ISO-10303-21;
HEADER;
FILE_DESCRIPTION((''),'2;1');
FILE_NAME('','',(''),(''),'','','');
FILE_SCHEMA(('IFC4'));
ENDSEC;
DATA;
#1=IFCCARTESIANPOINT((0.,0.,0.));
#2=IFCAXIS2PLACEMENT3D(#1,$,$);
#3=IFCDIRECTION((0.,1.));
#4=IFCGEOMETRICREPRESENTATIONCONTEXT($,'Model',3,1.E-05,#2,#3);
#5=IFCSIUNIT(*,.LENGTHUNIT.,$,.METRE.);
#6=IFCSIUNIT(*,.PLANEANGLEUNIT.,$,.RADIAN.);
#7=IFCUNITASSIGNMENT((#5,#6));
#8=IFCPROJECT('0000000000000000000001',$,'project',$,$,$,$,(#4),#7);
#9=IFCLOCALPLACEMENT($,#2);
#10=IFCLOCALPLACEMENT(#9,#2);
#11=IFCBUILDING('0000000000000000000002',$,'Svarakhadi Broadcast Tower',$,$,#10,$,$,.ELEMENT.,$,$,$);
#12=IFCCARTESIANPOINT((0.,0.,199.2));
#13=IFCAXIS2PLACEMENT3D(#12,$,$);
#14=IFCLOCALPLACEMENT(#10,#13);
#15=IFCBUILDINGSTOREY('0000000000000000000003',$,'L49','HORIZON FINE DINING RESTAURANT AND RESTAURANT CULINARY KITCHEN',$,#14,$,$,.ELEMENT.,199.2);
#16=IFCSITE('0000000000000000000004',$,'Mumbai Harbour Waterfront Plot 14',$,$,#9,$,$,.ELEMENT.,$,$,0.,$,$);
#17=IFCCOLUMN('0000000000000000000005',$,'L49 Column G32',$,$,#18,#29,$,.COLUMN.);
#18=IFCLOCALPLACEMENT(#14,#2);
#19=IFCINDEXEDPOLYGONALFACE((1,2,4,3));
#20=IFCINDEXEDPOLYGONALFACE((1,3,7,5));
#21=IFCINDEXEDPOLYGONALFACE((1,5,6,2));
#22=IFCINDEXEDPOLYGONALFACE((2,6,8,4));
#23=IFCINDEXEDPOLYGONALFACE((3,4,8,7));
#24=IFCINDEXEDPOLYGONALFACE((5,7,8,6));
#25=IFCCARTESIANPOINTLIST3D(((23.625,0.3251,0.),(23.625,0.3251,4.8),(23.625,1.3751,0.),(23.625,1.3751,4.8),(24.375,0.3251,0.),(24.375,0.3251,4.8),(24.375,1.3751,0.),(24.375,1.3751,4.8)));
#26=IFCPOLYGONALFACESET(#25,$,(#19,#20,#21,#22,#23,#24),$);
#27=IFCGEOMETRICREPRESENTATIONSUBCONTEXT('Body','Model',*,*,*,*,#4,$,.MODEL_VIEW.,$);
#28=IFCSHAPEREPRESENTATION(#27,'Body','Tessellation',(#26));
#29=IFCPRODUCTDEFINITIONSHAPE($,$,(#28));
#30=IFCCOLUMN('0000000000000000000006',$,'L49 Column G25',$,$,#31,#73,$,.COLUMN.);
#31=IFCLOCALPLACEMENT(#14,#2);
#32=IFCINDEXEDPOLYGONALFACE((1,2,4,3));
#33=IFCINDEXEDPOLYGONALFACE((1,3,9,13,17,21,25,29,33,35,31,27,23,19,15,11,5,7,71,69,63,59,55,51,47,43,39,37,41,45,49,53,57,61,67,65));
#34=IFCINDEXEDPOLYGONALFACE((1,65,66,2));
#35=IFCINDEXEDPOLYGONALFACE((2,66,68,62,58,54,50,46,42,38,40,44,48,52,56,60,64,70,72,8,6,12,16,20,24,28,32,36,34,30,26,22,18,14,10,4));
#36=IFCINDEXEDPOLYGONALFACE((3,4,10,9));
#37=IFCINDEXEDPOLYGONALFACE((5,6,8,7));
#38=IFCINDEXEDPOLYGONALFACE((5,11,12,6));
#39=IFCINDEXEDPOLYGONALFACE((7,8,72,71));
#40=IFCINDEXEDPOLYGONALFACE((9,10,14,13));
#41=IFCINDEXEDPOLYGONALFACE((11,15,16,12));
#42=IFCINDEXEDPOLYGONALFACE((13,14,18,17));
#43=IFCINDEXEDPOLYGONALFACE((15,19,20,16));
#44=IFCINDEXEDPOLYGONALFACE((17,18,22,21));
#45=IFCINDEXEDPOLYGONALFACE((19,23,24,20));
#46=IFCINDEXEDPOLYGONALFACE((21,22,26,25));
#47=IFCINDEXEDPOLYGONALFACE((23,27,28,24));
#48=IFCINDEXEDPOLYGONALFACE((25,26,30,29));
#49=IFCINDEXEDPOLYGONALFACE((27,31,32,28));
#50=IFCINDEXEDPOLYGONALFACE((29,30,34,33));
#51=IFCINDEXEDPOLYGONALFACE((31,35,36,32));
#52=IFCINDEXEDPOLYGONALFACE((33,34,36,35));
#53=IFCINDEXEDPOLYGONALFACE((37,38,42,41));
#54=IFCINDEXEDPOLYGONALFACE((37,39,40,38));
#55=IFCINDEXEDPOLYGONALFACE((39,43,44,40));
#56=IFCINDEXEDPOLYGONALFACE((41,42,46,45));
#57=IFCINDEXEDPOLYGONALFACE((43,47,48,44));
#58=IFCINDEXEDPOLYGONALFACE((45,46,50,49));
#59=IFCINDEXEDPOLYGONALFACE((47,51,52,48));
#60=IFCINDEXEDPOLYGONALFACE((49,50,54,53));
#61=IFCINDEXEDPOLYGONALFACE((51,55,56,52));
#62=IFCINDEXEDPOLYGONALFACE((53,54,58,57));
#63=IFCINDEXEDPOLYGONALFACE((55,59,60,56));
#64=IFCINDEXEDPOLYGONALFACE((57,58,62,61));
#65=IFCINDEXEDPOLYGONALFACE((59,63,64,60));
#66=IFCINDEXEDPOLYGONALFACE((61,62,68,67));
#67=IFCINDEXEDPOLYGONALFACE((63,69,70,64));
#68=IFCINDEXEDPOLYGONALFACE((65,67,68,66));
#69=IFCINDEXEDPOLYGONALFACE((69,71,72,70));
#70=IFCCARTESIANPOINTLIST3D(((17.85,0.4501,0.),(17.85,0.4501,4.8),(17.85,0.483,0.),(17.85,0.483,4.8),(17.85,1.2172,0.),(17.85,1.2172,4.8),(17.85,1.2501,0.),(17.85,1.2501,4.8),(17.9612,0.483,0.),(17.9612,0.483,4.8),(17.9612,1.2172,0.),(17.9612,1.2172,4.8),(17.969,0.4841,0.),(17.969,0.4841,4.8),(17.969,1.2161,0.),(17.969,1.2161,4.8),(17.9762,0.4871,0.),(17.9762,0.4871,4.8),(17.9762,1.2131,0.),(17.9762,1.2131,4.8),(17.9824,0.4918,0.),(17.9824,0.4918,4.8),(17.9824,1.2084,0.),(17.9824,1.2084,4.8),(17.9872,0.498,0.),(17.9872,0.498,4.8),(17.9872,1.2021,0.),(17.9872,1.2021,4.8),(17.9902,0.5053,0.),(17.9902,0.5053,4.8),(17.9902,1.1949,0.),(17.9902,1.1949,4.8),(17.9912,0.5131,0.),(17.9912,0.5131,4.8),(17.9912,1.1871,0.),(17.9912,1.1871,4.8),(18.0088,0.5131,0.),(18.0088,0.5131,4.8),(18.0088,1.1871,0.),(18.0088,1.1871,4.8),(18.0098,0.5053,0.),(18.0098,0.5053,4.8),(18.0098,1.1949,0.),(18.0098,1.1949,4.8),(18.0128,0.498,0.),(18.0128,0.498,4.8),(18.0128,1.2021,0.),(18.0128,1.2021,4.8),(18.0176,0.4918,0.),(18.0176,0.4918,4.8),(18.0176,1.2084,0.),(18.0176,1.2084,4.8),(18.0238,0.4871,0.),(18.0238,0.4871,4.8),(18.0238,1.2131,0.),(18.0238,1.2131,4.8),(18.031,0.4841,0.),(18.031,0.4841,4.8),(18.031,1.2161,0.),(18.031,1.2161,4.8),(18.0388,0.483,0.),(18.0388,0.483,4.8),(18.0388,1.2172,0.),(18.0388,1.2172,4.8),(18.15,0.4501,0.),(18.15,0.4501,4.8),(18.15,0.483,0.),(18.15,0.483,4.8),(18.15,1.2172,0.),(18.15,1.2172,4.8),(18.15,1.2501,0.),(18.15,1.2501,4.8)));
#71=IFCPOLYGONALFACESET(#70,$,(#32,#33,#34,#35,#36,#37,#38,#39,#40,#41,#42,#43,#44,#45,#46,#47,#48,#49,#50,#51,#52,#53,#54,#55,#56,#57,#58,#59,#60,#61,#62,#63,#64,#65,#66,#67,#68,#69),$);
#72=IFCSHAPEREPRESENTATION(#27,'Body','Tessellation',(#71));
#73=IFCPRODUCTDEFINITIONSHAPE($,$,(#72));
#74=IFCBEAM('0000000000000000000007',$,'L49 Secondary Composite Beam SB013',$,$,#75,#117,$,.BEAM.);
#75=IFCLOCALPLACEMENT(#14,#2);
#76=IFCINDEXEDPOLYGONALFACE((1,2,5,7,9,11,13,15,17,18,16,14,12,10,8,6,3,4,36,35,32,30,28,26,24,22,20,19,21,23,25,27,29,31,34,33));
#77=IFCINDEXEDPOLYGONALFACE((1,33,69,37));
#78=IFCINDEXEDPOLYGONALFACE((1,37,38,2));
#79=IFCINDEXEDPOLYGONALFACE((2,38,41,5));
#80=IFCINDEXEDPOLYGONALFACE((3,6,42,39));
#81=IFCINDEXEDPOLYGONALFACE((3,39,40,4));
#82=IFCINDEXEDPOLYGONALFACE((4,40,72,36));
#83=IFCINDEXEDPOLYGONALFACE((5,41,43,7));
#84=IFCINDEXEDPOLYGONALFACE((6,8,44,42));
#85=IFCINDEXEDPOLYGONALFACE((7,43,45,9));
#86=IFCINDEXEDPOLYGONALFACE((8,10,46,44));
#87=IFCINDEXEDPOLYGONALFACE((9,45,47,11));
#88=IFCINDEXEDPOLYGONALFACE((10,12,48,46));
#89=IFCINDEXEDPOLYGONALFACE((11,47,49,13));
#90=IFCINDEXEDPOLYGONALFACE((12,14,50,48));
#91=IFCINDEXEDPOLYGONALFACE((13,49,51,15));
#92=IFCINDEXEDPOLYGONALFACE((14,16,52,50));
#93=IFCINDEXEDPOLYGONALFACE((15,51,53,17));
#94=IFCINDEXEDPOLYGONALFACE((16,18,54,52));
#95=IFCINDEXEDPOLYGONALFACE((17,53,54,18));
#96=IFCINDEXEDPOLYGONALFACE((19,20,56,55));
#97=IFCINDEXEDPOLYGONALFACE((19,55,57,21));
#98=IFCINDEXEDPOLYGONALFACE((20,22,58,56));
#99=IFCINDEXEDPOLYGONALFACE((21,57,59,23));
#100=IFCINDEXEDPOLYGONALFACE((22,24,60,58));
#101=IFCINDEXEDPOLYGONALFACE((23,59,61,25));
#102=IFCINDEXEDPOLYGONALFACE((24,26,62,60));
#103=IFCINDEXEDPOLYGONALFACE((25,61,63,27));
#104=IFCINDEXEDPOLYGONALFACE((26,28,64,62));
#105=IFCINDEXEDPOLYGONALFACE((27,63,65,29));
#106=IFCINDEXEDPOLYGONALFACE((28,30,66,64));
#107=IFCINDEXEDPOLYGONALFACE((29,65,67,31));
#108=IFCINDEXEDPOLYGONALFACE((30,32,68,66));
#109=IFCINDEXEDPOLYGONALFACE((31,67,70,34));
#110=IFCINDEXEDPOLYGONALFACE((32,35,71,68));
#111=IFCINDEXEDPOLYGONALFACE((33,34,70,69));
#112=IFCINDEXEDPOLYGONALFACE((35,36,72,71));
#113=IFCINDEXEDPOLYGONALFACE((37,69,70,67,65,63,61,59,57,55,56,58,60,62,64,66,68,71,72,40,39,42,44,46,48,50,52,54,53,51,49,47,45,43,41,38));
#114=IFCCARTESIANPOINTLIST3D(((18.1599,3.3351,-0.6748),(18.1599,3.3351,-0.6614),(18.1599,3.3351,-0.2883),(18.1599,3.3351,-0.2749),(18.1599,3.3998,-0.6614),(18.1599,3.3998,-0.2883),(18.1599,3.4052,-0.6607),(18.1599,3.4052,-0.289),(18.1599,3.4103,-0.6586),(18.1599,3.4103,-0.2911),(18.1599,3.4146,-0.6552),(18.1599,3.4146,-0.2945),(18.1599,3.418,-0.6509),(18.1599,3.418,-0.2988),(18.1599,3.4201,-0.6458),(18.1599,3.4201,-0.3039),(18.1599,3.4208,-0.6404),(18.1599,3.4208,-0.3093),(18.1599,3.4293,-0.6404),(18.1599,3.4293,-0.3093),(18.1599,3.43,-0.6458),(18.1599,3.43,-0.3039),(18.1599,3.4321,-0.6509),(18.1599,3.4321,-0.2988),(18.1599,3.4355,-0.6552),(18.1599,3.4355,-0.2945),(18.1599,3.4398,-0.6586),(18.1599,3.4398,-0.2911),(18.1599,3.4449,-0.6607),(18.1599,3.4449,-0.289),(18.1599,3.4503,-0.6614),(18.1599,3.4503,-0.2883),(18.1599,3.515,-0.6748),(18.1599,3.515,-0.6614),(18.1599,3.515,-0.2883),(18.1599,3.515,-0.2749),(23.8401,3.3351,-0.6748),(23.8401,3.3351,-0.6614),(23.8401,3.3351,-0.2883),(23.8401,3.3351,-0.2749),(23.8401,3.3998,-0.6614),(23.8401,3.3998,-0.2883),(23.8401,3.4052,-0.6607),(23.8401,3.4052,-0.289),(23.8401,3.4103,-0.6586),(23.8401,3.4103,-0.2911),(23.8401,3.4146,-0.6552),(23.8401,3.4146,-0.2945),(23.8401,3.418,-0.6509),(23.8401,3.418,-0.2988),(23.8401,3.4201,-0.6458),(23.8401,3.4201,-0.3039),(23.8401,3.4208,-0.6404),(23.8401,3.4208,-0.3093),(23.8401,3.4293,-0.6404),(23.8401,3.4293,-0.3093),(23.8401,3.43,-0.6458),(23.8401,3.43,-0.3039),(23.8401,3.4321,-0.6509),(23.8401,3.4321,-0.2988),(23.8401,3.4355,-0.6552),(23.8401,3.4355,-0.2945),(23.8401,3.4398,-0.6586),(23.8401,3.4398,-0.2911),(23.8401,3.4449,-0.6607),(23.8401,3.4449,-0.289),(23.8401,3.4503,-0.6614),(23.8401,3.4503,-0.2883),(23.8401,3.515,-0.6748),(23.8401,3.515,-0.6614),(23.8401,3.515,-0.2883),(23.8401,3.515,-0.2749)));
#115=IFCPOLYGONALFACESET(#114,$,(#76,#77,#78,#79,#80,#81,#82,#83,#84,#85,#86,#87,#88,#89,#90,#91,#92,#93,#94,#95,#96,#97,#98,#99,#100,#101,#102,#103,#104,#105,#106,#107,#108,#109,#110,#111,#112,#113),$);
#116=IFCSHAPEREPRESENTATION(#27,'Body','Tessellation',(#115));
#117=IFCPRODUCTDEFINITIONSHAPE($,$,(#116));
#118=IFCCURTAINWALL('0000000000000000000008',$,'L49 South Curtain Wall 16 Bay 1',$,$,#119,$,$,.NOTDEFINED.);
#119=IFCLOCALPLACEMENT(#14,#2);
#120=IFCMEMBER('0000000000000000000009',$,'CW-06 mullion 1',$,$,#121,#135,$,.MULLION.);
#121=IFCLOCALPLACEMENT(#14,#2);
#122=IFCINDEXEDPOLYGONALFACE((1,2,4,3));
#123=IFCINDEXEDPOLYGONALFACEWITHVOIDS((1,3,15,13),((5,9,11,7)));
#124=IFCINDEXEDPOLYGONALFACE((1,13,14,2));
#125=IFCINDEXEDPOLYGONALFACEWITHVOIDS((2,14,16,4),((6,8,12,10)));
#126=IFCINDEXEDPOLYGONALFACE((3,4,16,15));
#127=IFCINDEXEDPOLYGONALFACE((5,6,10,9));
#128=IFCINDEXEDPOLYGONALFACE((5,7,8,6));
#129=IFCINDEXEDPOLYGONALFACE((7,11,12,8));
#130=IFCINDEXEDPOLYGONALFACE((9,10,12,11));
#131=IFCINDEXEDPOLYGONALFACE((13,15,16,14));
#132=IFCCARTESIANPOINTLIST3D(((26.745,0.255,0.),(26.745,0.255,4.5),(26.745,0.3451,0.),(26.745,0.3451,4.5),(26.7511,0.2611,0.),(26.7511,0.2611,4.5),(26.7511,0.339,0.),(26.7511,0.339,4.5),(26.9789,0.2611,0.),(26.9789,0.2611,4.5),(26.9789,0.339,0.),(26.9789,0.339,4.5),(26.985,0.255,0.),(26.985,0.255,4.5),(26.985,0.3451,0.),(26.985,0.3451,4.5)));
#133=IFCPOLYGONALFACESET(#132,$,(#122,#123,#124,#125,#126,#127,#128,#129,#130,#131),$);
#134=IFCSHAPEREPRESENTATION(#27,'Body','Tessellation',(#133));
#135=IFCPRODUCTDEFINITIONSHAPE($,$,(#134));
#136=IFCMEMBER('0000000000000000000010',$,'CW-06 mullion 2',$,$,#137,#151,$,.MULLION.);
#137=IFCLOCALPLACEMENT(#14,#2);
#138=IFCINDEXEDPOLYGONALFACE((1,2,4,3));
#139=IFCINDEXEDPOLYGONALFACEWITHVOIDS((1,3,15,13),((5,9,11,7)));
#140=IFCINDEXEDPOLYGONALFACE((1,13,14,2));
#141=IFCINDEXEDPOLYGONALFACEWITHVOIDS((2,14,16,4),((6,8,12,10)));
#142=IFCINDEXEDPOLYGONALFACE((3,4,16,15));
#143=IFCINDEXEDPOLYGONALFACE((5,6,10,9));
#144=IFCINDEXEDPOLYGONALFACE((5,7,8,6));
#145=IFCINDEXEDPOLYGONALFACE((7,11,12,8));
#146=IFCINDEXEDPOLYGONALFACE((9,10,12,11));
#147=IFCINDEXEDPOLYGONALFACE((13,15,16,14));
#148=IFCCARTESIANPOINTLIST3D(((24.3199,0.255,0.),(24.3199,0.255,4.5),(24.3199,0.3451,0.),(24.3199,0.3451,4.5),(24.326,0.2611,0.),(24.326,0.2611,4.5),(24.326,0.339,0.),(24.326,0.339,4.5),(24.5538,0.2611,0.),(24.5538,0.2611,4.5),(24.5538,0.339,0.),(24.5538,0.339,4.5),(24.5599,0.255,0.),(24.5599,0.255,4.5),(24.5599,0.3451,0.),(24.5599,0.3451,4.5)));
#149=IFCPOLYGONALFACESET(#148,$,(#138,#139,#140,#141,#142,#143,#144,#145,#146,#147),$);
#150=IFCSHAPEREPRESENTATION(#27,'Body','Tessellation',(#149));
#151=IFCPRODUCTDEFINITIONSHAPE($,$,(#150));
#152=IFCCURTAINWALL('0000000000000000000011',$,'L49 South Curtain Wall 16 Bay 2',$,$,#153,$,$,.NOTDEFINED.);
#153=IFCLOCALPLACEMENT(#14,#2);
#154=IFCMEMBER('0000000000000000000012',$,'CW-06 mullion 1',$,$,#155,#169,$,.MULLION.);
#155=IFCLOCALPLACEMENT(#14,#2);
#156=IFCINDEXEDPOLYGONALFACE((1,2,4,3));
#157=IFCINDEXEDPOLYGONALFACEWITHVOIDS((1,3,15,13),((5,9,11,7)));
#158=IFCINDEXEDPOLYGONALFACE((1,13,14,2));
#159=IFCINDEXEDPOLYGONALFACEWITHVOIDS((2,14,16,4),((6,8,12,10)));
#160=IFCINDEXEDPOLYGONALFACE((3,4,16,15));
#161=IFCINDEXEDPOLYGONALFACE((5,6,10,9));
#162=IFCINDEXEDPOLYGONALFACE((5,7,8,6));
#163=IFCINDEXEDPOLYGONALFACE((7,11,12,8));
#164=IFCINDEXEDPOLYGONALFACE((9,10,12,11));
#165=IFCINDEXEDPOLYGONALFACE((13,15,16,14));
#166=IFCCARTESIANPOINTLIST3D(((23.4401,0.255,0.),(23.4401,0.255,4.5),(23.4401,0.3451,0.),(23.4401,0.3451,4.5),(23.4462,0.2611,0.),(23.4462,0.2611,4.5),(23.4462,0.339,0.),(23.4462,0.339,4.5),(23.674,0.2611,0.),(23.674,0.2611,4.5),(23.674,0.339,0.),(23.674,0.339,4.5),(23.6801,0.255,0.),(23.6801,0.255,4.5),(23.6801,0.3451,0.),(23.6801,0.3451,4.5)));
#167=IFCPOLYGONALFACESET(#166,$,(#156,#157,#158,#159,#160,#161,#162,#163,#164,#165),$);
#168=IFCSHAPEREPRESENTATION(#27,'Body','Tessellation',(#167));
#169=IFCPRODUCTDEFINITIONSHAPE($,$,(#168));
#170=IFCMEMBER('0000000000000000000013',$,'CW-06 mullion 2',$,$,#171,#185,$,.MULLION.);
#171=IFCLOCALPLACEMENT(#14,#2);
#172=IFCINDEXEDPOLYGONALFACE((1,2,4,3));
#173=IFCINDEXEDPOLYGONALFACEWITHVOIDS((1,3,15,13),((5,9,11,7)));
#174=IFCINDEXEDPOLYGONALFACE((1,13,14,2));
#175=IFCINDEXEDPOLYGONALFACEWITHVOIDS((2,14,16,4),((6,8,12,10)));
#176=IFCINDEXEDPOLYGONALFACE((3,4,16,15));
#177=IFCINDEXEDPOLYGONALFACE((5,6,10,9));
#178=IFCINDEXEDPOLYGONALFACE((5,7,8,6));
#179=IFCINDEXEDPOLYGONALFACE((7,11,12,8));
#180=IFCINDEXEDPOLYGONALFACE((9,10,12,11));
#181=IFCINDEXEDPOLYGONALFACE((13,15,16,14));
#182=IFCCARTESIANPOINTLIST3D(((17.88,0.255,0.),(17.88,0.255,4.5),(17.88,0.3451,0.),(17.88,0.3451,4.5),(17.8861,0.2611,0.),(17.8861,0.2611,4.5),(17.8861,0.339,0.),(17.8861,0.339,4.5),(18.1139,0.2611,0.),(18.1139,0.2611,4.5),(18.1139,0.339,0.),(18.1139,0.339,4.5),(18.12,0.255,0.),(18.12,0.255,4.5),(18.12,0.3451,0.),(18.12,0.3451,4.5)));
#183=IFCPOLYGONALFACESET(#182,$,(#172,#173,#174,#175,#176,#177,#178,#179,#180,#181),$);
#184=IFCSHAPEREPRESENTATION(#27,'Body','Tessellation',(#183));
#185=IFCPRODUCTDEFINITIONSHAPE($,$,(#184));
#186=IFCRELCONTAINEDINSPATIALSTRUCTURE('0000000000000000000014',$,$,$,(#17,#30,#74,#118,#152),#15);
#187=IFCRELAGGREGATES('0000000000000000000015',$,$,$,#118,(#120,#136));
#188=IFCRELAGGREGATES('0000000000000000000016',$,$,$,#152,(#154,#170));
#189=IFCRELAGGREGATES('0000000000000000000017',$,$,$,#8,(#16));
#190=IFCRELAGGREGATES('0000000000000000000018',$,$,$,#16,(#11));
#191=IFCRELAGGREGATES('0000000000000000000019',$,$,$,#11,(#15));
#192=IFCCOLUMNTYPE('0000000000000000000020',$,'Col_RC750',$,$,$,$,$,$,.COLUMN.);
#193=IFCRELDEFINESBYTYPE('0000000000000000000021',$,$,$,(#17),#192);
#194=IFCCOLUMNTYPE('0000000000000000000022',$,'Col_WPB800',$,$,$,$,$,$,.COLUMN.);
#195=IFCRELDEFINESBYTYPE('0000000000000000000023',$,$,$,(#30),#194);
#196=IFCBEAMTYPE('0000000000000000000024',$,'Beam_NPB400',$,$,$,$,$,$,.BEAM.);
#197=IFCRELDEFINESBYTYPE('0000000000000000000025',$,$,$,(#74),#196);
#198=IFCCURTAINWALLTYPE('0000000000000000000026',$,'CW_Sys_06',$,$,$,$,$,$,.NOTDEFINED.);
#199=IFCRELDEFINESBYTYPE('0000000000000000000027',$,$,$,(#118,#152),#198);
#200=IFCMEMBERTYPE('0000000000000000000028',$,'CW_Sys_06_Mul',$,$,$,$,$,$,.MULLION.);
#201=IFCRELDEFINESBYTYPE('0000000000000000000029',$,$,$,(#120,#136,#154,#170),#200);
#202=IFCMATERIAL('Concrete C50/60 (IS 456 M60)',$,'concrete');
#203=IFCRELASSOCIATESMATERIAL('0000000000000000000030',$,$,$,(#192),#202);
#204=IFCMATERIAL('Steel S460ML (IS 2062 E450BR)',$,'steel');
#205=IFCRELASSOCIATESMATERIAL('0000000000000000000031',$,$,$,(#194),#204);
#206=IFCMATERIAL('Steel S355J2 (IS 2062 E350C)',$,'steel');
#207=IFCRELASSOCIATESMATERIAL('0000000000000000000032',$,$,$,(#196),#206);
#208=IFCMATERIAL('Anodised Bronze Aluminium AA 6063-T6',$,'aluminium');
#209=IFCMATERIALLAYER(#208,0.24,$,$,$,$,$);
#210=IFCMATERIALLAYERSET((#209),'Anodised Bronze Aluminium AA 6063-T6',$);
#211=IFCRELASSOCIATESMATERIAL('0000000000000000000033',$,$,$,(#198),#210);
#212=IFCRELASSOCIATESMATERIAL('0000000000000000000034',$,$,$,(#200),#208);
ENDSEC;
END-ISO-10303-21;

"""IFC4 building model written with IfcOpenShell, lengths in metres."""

from ifc_helpers import new_model, si_unit, direction, frame, origin, origin_2d, place, context, subcontext, project, spatial, rectangle, hollow_rectangle, i_section, extrude, material, layer, layer_set, material_profile, profile_set, type_object, element, aggregate, save


model = new_model("IFC4")

# Units and contexts
model_context = context("Model", 3, precision=1e-05, world=origin(), true_north=direction((0.0, 1.0)))
body_context = subcontext(model_context, "Body", "Model", "MODEL_VIEW")
ifc_project = project(units=[si_unit("LENGTHUNIT", "METRE"), si_unit("PLANEANGLEUNIT", "RADIAN")], contexts=[model_context])

# Site, building, storey
site_placement = place(None, origin())
site = spatial("IfcSite", under=ifc_project, at=site_placement, Name="Mumbai Harbour Waterfront Plot 14", CompositionType="ELEMENT", RefElevation=0.0)
building_placement = place(site_placement, origin())
building = spatial("IfcBuilding", under=site, at=building_placement, Name="Svarakhadi Broadcast Tower", CompositionType="ELEMENT")
storey_placement = place(building_placement, frame((0.0, 0.0, 199.2)))
storey = spatial("IfcBuildingStorey", under=building, at=storey_placement, Name="L49", Description="HORIZON FINE DINING RESTAURANT AND RESTAURANT CULINARY KITCHEN", CompositionType="ELEMENT", Elevation=199.2)

# Columns
ifc_material_1 = material(Name="Concrete C50/60 (IS 456 M60)", Category="concrete")
ifc_material_profile_1 = material_profile(ifc_material_1, rectangle(XDim=0.75, YDim=1.05, at=origin_2d()), Name="RC 750x1050")
ifc_profile_set_1 = profile_set([ifc_material_profile_1], Name="Concrete C50/60 (IS 456 M60)")
column_type_1 = type_object("IfcColumnType", Name="Col_RC750", PredefinedType="COLUMN", material=ifc_profile_set_1)
column_1_placement = place(storey_placement, frame((24.0, 0.8501, 0.0), z_axis=(0.0, 0.0, 1.0), x_axis=(1.0, 0.0, 0.0)))
element("IfcColumn", 1, at=column_1_placement, inside=storey, type_object=column_type_1, Name="L49 Column G32", PredefinedType="COLUMN", context=body_context, shape_type="SweptSolid", body=[
    extrude(rectangle(XDim=0.75, YDim=1.05, at=origin_2d()), origin(), (0.0, 0.0, 1.0), 4.8),
])
ifc_material_2 = material(Name="Steel S460ML (IS 2062 E450BR)", Category="steel")
ifc_material_profile_2 = material_profile(ifc_material_2, i_section(OverallWidth=0.3, OverallDepth=0.8, WebThickness=0.0176, FlangeThickness=0.033, FilletRadius=0.03, at=origin_2d()), Name="WPB 800x300x262")
ifc_profile_set_2 = profile_set([ifc_material_profile_2], Name="Steel S460ML (IS 2062 E450BR)")
column_type_2 = type_object("IfcColumnType", Name="Col_WPB800", PredefinedType="COLUMN", material=ifc_profile_set_2)
column_2_placement = place(storey_placement, frame((18.0, 0.8501, 0.0), z_axis=(0.0, 0.0, 1.0), x_axis=(1.0, 0.0, 0.0)))
element("IfcColumn", 2, at=column_2_placement, inside=storey, type_object=column_type_2, Name="L49 Column G25", PredefinedType="COLUMN", context=body_context, shape_type="SweptSolid", body=[
    extrude(i_section(OverallWidth=0.3, OverallDepth=0.8, WebThickness=0.0176, FlangeThickness=0.033, FilletRadius=0.03, at=origin_2d()), origin(), (0.0, 0.0, 1.0), 4.8),
])

# Beam
ifc_material_3 = material(Name="Steel S355J2 (IS 2062 E350C)", Category="steel")
ifc_material_profile_3 = material_profile(ifc_material_3, i_section(OverallWidth=0.1799, OverallDepth=0.3999, WebThickness=0.0085, FlangeThickness=0.0134, FilletRadius=0.021, at=origin_2d()), Name="NPB 400x180x66")
ifc_profile_set_3 = profile_set([ifc_material_profile_3], Name="Steel S355J2 (IS 2062 E350C)")
beam_type_1 = type_object("IfcBeamType", Name="Beam_NPB400", PredefinedType="BEAM", material=ifc_profile_set_3)
beam_placement = place(storey_placement, frame((18.1599, 3.425, -0.4749), z_axis=(1.0, 0.0, 0.0), x_axis=(0.0, 1.0, 0.0)))
element("IfcBeam", 3, at=beam_placement, inside=storey, type_object=beam_type_1, Name="L49 Secondary Composite Beam SB013", PredefinedType="BEAM", context=body_context, shape_type="SweptSolid", body=[
    extrude(i_section(OverallWidth=0.1799, OverallDepth=0.3999, WebThickness=0.0085, FlangeThickness=0.0134, FilletRadius=0.021, at=origin_2d()), origin(), (0.0, 0.0, 1.0), 5.6802),
])

# Curtain walls, members
ifc_material_4 = material(Name="Anodised Bronze Aluminium AA 6063-T6", Category="aluminium")
ifc_layer_1 = layer(ifc_material_4, 0.24)
ifc_layer_set_1 = layer_set([ifc_layer_1], Name="Anodised Bronze Aluminium AA 6063-T6")
curtain_wall_type = type_object("IfcCurtainWallType", Name="CW_Sys_06", PredefinedType="NOTDEFINED", material=ifc_layer_set_1)
curtain_wall_1_placement = place(storey_placement, origin())
curtain_wall_1 = element("IfcCurtainWall", 4, at=curtain_wall_1_placement, inside=storey, type_object=curtain_wall_type, Name="L49 South Curtain Wall 16 Bay 1", PredefinedType="NOTDEFINED")
ifc_material_profile_4 = material_profile(ifc_material_4, hollow_rectangle(XDim=0.0901, YDim=0.24, WallThickness=0.0061, at=origin_2d()), Name="ALU MULLION 240x90x6")
ifc_profile_set_4 = profile_set([ifc_material_profile_4], Name="Anodised Bronze Aluminium AA 6063-T6")
member_type_1 = type_object("IfcMemberType", Name="CW_Sys_06_Mul", PredefinedType="MULLION", material=ifc_profile_set_4)
member_1_placement = place(storey_placement, frame((26.865, 0.3, 0.0), z_axis=(0.0, 0.0, 1.0), x_axis=(0.0, -1.0, 0.0)))
member_1 = element("IfcMember", 5, at=member_1_placement, type_object=member_type_1, Name="CW-06 mullion 1", PredefinedType="MULLION", context=body_context, shape_type="SweptSolid", body=[
    extrude(hollow_rectangle(XDim=0.0901, YDim=0.24, WallThickness=0.0061, at=origin_2d()), origin(), (0.0, 0.0, 1.0), 4.5),
])
member_2_placement = place(storey_placement, frame((24.4399, 0.3, 0.0), z_axis=(0.0, 0.0, 1.0), x_axis=(0.0, -1.0, 0.0)))
member_2 = element("IfcMember", 6, at=member_2_placement, type_object=member_type_1, Name="CW-06 mullion 2", PredefinedType="MULLION", context=body_context, shape_type="SweptSolid", body=[
    extrude(hollow_rectangle(XDim=0.0901, YDim=0.24, WallThickness=0.0061, at=origin_2d()), origin(), (0.0, 0.0, 1.0), 4.5),
])
curtain_wall_2_placement = place(storey_placement, origin())
curtain_wall_2 = element("IfcCurtainWall", 7, at=curtain_wall_2_placement, inside=storey, type_object=curtain_wall_type, Name="L49 South Curtain Wall 16 Bay 2", PredefinedType="NOTDEFINED")
member_3_placement = place(storey_placement, frame((23.5601, 0.3, 0.0), z_axis=(0.0, 0.0, 1.0), x_axis=(0.0, -1.0, 0.0)))
member_3 = element("IfcMember", 8, at=member_3_placement, type_object=member_type_1, Name="CW-06 mullion 1", PredefinedType="MULLION", context=body_context, shape_type="SweptSolid", body=[
    extrude(hollow_rectangle(XDim=0.0901, YDim=0.24, WallThickness=0.0061, at=origin_2d()), origin(), (0.0, 0.0, 1.0), 4.5),
])
member_4_placement = place(storey_placement, frame((18.0, 0.3, 0.0), z_axis=(0.0, 0.0, 1.0), x_axis=(0.0, -1.0, 0.0)))
member_4 = element("IfcMember", 9, at=member_4_placement, type_object=member_type_1, Name="CW-06 mullion 2", PredefinedType="MULLION", context=body_context, shape_type="SweptSolid", body=[
    extrude(hollow_rectangle(XDim=0.0901, YDim=0.24, WallThickness=0.0061, at=origin_2d()), origin(), (0.0, 0.0, 1.0), 4.5),
])

aggregate(curtain_wall_1, [member_1, member_2])
aggregate(curtain_wall_2, [member_3, member_4])

save(model, "model.ifc")
